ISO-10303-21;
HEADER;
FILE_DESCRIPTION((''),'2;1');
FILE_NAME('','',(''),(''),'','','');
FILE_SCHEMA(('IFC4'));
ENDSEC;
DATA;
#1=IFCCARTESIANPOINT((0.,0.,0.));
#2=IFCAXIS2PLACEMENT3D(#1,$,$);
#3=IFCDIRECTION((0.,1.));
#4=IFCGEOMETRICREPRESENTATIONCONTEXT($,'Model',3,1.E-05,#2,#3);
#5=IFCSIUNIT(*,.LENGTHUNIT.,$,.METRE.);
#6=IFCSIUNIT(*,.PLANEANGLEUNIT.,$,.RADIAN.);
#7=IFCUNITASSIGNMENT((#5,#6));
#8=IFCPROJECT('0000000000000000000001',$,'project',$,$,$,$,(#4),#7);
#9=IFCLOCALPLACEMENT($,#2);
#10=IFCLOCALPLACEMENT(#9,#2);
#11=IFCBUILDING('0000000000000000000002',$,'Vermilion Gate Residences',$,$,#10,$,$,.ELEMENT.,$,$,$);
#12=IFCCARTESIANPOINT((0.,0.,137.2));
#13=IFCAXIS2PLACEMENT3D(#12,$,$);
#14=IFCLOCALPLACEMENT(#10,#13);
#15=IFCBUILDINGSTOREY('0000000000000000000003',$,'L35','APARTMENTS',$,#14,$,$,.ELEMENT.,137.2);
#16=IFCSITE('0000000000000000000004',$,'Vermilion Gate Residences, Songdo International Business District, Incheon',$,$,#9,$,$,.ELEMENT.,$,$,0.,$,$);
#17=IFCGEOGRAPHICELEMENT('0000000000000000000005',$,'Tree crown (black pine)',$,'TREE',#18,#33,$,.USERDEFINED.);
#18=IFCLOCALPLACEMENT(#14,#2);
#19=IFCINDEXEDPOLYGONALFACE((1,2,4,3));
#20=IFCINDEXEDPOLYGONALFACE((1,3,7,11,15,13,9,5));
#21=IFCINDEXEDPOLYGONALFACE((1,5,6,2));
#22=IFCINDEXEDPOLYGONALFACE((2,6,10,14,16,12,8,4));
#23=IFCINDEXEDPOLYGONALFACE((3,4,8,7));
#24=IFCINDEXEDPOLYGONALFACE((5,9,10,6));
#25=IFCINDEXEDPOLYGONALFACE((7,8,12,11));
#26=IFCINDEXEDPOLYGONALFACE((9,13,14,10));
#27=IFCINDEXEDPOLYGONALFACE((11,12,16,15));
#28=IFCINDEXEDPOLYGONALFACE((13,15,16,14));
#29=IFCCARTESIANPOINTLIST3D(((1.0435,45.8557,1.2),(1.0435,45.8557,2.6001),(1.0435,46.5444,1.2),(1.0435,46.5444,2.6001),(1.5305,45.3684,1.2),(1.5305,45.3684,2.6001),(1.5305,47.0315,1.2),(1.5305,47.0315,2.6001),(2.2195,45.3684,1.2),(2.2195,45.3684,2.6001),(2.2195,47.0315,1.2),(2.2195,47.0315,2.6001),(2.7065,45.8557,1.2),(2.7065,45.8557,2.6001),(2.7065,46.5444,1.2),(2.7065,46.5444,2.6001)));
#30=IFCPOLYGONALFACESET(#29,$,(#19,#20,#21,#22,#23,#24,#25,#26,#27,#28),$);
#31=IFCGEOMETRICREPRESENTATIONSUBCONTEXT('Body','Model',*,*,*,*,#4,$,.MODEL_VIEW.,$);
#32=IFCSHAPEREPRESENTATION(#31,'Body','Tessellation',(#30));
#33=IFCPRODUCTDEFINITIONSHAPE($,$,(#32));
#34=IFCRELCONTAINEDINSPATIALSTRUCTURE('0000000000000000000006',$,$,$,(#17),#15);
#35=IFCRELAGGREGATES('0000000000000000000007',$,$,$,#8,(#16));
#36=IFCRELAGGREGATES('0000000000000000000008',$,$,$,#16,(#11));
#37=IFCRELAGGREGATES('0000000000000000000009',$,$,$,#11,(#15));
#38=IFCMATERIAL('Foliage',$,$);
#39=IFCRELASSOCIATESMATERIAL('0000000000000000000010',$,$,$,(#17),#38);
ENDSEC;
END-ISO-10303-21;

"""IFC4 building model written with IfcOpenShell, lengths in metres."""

from ifc_helpers import new_model, si_unit, direction, frame, origin, place, context, subcontext, project, spatial, polyline, outline, extrude, material, element, save


model = new_model("IFC4")

# Units and contexts
model_context = context("Model", 3, precision=1e-05, world=origin(), true_north=direction((0.0, 1.0)))
body_context = subcontext(model_context, "Body", "Model", "MODEL_VIEW")
ifc_project = project(units=[si_unit("LENGTHUNIT", "METRE"), si_unit("PLANEANGLEUNIT", "RADIAN")], contexts=[model_context])

# Site, building, storey
site_placement = place(None, origin())
site = spatial("IfcSite", under=ifc_project, at=site_placement, Name="Vermilion Gate Residences, Songdo International Business District, Incheon", CompositionType="ELEMENT", RefElevation=0.0)
building_placement = place(site_placement, origin())
building = spatial("IfcBuilding", under=site, at=building_placement, Name="Vermilion Gate Residences", CompositionType="ELEMENT")
storey_placement = place(building_placement, frame((0.0, 0.0, 137.2)))
storey = spatial("IfcBuildingStorey", under=building, at=storey_placement, Name="L35", Description="APARTMENTS", CompositionType="ELEMENT", Elevation=137.2)

# Geographic element
ifc_material_1 = material(Name="Foliage")
geographic_element_1_placement = place(storey_placement, frame((0.0, 0.0, 1.2)))
element("IfcGeographicElement", 1, at=geographic_element_1_placement, inside=storey, material=ifc_material_1, Name="Tree crown (black pine)", ObjectType="TREE", PredefinedType="USERDEFINED", context=body_context, shape_type="SweptSolid", body=[
    extrude(outline(polyline([(2.7065, 46.5444), (2.2195, 47.0315), (1.5305, 47.0315), (1.0435, 46.5444), (1.0435, 45.8557), (1.5305, 45.3684), (2.2195, 45.3684), (2.7065, 45.8557), (2.7065, 46.5444)])), origin(), (0.0, 0.0, 1.0), 1.4001),
])

save(model, "model.ifc")
